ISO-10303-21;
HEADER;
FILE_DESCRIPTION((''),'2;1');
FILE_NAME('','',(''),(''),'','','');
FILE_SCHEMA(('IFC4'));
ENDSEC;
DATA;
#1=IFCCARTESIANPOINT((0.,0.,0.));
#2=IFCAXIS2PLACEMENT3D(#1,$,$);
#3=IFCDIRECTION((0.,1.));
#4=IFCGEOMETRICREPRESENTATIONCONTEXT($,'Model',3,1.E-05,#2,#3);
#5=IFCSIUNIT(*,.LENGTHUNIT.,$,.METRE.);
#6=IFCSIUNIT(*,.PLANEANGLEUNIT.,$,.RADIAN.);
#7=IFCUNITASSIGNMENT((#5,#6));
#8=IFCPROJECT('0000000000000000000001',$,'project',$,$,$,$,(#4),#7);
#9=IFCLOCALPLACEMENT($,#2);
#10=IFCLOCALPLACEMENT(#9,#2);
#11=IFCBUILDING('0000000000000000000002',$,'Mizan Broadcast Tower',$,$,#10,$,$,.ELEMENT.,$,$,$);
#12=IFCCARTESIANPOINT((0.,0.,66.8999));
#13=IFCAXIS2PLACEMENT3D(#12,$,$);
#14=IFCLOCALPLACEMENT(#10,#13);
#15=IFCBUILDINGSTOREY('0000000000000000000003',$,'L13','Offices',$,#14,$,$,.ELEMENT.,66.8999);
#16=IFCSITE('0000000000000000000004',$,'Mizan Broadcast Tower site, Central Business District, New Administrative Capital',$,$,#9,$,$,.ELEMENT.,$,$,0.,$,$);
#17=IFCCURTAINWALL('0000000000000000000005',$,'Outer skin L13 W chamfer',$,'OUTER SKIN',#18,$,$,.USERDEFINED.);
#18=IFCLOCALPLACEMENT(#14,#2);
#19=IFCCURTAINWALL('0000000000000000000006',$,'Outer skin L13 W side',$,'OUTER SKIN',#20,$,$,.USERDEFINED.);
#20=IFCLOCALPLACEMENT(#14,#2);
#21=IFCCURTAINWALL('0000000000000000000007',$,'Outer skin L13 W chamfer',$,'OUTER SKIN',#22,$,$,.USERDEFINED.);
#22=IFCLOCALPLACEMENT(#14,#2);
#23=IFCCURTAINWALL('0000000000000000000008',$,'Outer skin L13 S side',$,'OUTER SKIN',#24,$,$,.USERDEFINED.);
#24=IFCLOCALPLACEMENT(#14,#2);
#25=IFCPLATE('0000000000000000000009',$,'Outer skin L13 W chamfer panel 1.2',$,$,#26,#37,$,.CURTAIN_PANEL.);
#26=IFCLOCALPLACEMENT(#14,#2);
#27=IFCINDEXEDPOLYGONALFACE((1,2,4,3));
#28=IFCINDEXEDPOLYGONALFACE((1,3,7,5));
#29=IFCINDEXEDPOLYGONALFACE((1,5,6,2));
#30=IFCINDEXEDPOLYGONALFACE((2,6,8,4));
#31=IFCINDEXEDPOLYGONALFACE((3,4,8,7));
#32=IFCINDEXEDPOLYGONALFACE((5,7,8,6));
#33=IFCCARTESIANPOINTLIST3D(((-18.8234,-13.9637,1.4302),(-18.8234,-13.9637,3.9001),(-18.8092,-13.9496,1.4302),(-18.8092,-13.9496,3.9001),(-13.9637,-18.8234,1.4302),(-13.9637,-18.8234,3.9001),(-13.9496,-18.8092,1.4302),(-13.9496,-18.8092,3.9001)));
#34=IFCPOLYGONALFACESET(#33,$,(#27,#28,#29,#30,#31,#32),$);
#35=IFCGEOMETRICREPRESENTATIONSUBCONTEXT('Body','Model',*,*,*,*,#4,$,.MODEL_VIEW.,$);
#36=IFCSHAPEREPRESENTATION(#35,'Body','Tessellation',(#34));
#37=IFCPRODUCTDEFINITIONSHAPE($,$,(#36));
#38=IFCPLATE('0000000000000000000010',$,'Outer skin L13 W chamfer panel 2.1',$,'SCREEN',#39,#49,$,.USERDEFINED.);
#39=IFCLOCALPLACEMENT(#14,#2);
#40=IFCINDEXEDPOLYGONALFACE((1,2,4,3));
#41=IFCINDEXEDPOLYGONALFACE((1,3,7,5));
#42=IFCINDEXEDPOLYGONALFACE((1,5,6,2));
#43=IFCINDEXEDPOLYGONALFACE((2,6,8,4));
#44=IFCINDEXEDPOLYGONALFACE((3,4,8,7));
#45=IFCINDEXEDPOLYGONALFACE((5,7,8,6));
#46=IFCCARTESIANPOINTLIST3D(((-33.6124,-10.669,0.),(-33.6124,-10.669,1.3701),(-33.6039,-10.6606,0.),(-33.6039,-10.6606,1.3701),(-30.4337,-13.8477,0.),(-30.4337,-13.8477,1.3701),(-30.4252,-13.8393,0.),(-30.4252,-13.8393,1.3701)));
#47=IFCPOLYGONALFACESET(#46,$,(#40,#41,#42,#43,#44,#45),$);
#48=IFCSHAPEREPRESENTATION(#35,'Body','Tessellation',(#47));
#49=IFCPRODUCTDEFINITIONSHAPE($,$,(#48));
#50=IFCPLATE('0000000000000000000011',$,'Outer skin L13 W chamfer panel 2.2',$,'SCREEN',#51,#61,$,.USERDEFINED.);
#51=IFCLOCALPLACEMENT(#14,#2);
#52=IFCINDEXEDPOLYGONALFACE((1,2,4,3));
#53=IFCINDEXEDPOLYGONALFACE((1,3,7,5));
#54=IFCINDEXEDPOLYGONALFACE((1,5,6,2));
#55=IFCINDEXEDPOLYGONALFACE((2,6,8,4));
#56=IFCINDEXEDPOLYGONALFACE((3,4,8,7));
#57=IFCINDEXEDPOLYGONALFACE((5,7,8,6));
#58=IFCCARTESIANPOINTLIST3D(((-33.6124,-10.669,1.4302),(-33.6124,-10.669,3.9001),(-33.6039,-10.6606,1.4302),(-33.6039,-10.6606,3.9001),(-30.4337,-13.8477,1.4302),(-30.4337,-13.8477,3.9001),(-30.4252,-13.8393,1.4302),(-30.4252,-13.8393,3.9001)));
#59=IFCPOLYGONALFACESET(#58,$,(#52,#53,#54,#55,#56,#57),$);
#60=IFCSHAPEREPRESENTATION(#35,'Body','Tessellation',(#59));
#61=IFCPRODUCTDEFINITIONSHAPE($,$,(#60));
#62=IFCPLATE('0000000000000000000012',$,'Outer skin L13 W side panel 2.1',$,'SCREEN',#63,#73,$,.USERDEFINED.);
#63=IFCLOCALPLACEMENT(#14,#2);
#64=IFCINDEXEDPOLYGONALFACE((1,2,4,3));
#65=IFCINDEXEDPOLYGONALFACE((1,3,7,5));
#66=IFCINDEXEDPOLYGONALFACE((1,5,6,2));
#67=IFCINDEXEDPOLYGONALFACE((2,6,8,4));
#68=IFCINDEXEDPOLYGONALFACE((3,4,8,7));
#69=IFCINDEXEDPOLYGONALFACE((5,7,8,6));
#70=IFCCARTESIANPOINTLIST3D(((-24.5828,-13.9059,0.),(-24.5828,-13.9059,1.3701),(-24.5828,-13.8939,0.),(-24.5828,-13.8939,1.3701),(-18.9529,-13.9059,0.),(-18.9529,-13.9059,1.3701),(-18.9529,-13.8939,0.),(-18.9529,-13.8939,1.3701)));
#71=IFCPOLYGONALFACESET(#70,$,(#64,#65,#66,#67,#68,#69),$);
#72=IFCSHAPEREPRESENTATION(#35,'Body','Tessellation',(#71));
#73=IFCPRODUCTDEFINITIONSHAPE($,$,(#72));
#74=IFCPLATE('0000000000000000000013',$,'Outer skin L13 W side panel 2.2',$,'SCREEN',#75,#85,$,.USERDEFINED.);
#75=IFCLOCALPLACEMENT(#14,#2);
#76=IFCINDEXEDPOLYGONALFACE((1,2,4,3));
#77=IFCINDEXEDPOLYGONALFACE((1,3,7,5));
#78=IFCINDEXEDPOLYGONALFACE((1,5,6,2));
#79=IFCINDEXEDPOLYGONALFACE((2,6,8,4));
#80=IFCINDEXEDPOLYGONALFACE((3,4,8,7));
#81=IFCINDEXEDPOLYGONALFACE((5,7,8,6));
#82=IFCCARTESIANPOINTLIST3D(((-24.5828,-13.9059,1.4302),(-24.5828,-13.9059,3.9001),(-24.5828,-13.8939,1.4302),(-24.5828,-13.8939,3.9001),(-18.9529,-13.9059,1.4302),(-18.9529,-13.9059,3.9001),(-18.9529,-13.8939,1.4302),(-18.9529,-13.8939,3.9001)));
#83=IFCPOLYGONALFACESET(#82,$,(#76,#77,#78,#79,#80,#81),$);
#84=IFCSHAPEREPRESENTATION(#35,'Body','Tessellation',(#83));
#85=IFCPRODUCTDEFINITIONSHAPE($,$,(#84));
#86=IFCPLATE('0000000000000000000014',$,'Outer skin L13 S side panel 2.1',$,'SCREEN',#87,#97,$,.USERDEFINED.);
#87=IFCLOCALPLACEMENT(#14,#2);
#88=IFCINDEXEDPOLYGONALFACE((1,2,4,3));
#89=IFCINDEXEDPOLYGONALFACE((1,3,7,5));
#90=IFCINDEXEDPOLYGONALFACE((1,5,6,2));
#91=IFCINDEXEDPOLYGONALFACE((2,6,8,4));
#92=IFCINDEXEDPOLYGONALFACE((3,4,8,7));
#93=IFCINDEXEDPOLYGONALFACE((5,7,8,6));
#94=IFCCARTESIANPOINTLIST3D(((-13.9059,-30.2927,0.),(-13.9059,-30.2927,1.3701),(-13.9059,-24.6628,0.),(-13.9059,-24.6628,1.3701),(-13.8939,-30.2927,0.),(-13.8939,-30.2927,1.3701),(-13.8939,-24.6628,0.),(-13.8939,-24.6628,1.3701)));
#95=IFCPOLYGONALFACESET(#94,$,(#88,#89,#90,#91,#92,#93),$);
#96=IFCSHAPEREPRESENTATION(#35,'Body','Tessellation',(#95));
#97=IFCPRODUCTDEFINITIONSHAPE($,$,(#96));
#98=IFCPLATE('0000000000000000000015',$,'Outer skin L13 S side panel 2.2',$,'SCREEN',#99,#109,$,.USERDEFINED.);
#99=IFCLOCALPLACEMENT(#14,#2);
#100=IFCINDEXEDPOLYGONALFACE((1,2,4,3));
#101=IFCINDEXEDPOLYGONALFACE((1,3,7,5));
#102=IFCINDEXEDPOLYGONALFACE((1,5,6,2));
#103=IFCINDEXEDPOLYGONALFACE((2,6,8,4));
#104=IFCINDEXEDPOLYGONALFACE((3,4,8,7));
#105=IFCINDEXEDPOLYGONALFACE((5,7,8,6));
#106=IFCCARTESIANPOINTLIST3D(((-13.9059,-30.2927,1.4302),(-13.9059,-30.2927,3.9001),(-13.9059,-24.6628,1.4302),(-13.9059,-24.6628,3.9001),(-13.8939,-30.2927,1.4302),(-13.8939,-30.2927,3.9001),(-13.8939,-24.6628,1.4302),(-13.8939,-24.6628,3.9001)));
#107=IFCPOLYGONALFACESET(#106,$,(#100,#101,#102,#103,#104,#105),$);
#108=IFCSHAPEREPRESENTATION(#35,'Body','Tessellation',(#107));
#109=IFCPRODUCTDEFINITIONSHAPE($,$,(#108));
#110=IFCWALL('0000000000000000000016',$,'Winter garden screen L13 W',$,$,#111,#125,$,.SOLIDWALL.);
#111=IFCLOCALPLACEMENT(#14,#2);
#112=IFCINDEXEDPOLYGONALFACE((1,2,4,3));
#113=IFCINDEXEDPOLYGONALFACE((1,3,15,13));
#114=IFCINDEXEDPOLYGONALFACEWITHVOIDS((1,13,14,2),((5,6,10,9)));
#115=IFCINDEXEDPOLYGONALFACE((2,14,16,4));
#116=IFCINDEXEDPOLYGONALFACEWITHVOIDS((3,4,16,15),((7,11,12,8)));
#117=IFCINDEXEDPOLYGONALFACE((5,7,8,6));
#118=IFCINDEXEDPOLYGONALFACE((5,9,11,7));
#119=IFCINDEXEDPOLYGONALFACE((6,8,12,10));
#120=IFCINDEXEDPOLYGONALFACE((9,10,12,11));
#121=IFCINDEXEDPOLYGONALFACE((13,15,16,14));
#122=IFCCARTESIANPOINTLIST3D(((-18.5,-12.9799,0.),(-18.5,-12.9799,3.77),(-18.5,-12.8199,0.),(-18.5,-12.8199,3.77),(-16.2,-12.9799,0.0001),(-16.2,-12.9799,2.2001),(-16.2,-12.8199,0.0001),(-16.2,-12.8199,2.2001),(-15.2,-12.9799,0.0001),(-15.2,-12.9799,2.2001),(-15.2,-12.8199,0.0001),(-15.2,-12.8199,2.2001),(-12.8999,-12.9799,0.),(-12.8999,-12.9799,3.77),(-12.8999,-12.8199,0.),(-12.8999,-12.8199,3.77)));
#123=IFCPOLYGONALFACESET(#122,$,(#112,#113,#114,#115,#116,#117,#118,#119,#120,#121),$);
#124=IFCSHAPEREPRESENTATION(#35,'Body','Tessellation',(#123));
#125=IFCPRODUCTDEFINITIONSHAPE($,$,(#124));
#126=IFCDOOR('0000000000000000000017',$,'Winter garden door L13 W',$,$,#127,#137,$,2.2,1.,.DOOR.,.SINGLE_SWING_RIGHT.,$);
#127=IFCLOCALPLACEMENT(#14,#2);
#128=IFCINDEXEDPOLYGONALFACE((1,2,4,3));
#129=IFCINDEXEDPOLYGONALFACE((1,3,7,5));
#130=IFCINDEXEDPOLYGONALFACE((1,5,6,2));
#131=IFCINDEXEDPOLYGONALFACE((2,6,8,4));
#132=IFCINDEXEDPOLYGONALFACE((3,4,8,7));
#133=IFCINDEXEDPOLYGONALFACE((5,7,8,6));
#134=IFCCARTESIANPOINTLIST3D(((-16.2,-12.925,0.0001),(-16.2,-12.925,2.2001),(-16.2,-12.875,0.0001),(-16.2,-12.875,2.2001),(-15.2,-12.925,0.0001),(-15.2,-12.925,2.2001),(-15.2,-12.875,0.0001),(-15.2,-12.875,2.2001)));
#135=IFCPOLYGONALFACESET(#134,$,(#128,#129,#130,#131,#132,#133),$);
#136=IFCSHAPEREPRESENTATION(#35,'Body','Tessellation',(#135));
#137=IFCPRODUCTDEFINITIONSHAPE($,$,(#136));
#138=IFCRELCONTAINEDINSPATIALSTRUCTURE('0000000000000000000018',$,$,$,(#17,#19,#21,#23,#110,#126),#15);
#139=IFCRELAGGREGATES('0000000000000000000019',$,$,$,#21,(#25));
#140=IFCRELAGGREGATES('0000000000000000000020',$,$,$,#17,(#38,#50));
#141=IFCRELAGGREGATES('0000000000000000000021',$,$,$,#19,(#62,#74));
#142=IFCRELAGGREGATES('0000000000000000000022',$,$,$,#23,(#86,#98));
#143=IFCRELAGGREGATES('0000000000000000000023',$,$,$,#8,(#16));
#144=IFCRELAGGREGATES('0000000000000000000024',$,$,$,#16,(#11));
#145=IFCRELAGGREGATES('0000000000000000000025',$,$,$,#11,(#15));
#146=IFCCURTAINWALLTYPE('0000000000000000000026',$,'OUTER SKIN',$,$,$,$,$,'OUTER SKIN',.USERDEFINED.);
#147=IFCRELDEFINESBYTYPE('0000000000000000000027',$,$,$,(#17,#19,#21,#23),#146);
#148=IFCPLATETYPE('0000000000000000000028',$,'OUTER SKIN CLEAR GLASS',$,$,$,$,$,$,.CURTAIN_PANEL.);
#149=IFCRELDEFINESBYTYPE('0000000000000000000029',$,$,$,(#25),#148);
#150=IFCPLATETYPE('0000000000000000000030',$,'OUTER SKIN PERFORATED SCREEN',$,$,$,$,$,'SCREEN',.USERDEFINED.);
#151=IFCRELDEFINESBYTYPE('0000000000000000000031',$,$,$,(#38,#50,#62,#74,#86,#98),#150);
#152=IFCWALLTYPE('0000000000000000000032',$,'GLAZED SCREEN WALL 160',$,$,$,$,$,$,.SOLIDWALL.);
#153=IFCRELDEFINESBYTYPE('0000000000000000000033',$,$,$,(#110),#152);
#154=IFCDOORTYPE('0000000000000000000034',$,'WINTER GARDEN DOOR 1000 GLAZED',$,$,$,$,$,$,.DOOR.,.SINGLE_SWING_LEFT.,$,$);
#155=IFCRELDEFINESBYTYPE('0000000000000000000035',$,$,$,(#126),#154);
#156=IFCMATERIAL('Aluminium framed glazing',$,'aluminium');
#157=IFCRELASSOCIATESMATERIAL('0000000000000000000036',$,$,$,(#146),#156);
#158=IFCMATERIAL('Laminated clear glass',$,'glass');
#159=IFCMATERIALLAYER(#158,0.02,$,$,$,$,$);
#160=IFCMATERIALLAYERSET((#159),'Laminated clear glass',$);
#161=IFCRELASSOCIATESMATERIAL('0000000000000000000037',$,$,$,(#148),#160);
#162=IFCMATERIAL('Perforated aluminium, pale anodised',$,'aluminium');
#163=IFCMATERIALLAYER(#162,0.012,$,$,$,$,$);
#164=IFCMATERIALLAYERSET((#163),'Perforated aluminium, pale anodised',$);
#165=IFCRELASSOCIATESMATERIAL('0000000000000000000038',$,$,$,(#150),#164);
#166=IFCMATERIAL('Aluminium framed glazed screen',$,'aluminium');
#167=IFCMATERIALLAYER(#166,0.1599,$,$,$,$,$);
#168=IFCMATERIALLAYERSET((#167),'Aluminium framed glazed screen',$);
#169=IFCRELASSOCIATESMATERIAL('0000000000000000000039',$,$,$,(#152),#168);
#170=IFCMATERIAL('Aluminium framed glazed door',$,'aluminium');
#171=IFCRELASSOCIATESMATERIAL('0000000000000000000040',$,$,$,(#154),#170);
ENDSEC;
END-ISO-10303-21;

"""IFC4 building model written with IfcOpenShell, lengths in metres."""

from ifc_helpers import new_model, si_unit, direction, frame, frame_2d, origin, origin_2d, place, context, subcontext, project, spatial, rectangle, extrude, material, layer, layer_set, type_object, element, fill, aggregate, save


model = new_model("IFC4")

# Units and contexts
model_context = context("Model", 3, precision=1e-05, world=origin(), true_north=direction((0.0, 1.0)))
body_context = subcontext(model_context, "Body", "Model", "MODEL_VIEW")
ifc_project = project(units=[si_unit("LENGTHUNIT", "METRE"), si_unit("PLANEANGLEUNIT", "RADIAN")], contexts=[model_context])

# Site, building, storey
site_placement = place(None, origin())
site = spatial("IfcSite", under=ifc_project, at=site_placement, Name="Mizan Broadcast Tower site, Central Business District, New Administrative Capital", CompositionType="ELEMENT", RefElevation=0.0)
building_placement = place(site_placement, origin())
building = spatial("IfcBuilding", under=site, at=building_placement, Name="Mizan Broadcast Tower", CompositionType="ELEMENT")
storey_placement = place(building_placement, frame((0.0, 0.0, 66.8999)))
storey = spatial("IfcBuildingStorey", under=building, at=storey_placement, Name="L13", Description="Offices", CompositionType="ELEMENT", Elevation=66.8999)

# Curtain wall
ifc_material_1 = material(Name="Aluminium framed glazing", Category="aluminium")
curtain_wall_type_1 = type_object("IfcCurtainWallType", Name="OUTER SKIN", ElementType="OUTER SKIN", PredefinedType="USERDEFINED", material=ifc_material_1)
curtain_wall_1_placement = place(storey_placement, origin())
curtain_wall_1 = element("IfcCurtainWall", 1, at=curtain_wall_1_placement, inside=storey, type_object=curtain_wall_type_1, Name="Outer skin L13 W chamfer", ObjectType="OUTER SKIN", PredefinedType="USERDEFINED")

# Curtain wall
curtain_wall_2_placement = place(storey_placement, origin())
curtain_wall_2 = element("IfcCurtainWall", 2, at=curtain_wall_2_placement, inside=storey, type_object=curtain_wall_type_1, Name="Outer skin L13 W side", ObjectType="OUTER SKIN", PredefinedType="USERDEFINED")

# Curtain walls
curtain_wall_3_placement = place(storey_placement, origin())
curtain_wall_3 = element("IfcCurtainWall", 3, at=curtain_wall_3_placement, inside=storey, type_object=curtain_wall_type_1, Name="Outer skin L13 W chamfer", ObjectType="OUTER SKIN", PredefinedType="USERDEFINED")
curtain_wall_4_placement = place(storey_placement, origin())
curtain_wall_4 = element("IfcCurtainWall", 4, at=curtain_wall_4_placement, inside=storey, type_object=curtain_wall_type_1, Name="Outer skin L13 S side", ObjectType="OUTER SKIN", PredefinedType="USERDEFINED")

# Plates
ifc_material_2 = material(Name="Laminated clear glass", Category="glass")
ifc_layer_1 = layer(ifc_material_2, 0.02)
ifc_layer_set_1 = layer_set([ifc_layer_1], Name="Laminated clear glass")
plate_type_1 = type_object("IfcPlateType", Name="OUTER SKIN CLEAR GLASS", PredefinedType="CURTAIN_PANEL", material=ifc_layer_set_1)
plate_1_placement = place(storey_placement, frame((-16.3865, -16.3865, 1.4302), z_axis=(0.0, 0.0, 1.0), x_axis=(0.707107, -0.707107, 0.0)))
plate_1 = element("IfcPlate", 5, at=plate_1_placement, type_object=plate_type_1, Name="Outer skin L13 W chamfer panel 1.2", PredefinedType="CURTAIN_PANEL", context=body_context, shape_type="SweptSolid", body=[
    extrude(rectangle(XDim=6.8726, YDim=0.02, at=origin_2d()), origin(), (0.0, 0.0, 1.0), 2.47),
])
aggregate(curtain_wall_3, [plate_1])
ifc_material_3 = material(Name="Perforated aluminium, pale anodised", Category="aluminium")
ifc_layer_2 = layer(ifc_material_3, 0.012)
ifc_layer_set_2 = layer_set([ifc_layer_2], Name="Perforated aluminium, pale anodised")
plate_type_2 = type_object("IfcPlateType", Name="OUTER SKIN PERFORATED SCREEN", ElementType="SCREEN", PredefinedType="USERDEFINED", material=ifc_layer_set_2)
plate_2_placement = place(storey_placement, frame((-32.0188, -12.2542, 0.0), z_axis=(0.0, 0.0, 1.0), x_axis=(0.707107, -0.707107, 0.0)))
plate_2 = element("IfcPlate", 6, at=plate_2_placement, type_object=plate_type_2, Name="Outer skin L13 W chamfer panel 2.1", ObjectType="SCREEN", PredefinedType="USERDEFINED", context=body_context, shape_type="SweptSolid", body=[
    extrude(rectangle(XDim=4.4954, YDim=0.012, at=origin_2d()), origin(), (0.0, 0.0, 1.0), 1.3701),
])
plate_3_placement = place(storey_placement, frame((-32.0188, -12.2542, 1.4302), z_axis=(0.0, 0.0, 1.0), x_axis=(0.707107, -0.707107, 0.0)))
plate_3 = element("IfcPlate", 7, at=plate_3_placement, type_object=plate_type_2, Name="Outer skin L13 W chamfer panel 2.2", ObjectType="SCREEN", PredefinedType="USERDEFINED", context=body_context, shape_type="SweptSolid", body=[
    extrude(rectangle(XDim=4.4954, YDim=0.012, at=origin_2d()), origin(), (0.0, 0.0, 1.0), 2.47),
])
aggregate(curtain_wall_1, [plate_2, plate_3])
plate_4_placement = place(storey_placement, frame((-21.7678, -13.8999, 0.0), z_axis=(0.0, 0.0, 1.0), x_axis=(1.0, 0.0, 0.0)))
plate_4 = element("IfcPlate", 8, at=plate_4_placement, type_object=plate_type_2, Name="Outer skin L13 W side panel 2.1", ObjectType="SCREEN", PredefinedType="USERDEFINED", context=body_context, shape_type="SweptSolid", body=[
    extrude(rectangle(XDim=5.6299, YDim=0.012, at=origin_2d()), origin(), (0.0, 0.0, 1.0), 1.3701),
])
plate_5_placement = place(storey_placement, frame((-21.7678, -13.8999, 1.4302), z_axis=(0.0, 0.0, 1.0), x_axis=(1.0, 0.0, 0.0)))
plate_5 = element("IfcPlate", 9, at=plate_5_placement, type_object=plate_type_2, Name="Outer skin L13 W side panel 2.2", ObjectType="SCREEN", PredefinedType="USERDEFINED", context=body_context, shape_type="SweptSolid", body=[
    extrude(rectangle(XDim=5.6299, YDim=0.012, at=origin_2d()), origin(), (0.0, 0.0, 1.0), 2.47),
])
aggregate(curtain_wall_2, [plate_4, plate_5])
plate_6_placement = place(storey_placement, frame((-13.8999, -27.4778, 0.0), z_axis=(0.0, 0.0, 1.0), x_axis=(0.0, -1.0, 0.0)))
plate_6 = element("IfcPlate", 10, at=plate_6_placement, type_object=plate_type_2, Name="Outer skin L13 S side panel 2.1", ObjectType="SCREEN", PredefinedType="USERDEFINED", context=body_context, shape_type="SweptSolid", body=[
    extrude(rectangle(XDim=5.6299, YDim=0.012, at=origin_2d()), origin(), (0.0, 0.0, 1.0), 1.3701),
])
plate_7_placement = place(storey_placement, frame((-13.8999, -27.4778, 1.4302), z_axis=(0.0, 0.0, 1.0), x_axis=(0.0, -1.0, 0.0)))
plate_7 = element("IfcPlate", 11, at=plate_7_placement, type_object=plate_type_2, Name="Outer skin L13 S side panel 2.2", ObjectType="SCREEN", PredefinedType="USERDEFINED", context=body_context, shape_type="SweptSolid", body=[
    extrude(rectangle(XDim=5.6299, YDim=0.012, at=origin_2d()), origin(), (0.0, 0.0, 1.0), 2.47),
])
aggregate(curtain_wall_4, [plate_6, plate_7])

# Wall, opening, door
ifc_material_4 = material(Name="Aluminium framed glazed screen", Category="aluminium")
ifc_layer_3 = layer(ifc_material_4, 0.1599)
ifc_layer_set_3 = layer_set([ifc_layer_3], Name="Aluminium framed glazed screen")
wall_type = type_object("IfcWallType", Name="GLAZED SCREEN WALL 160", PredefinedType="SOLIDWALL", material=ifc_layer_set_3)
wall_placement = place(storey_placement, frame((-18.5, -12.8999, 0.0), z_axis=(0.0, 0.0, 1.0), x_axis=(1.0, 0.0, 0.0)))
wall = element("IfcWall", 12, at=wall_placement, inside=storey, type_object=wall_type, Name="Winter garden screen L13 W", PredefinedType="SOLIDWALL", context=body_context, shape_type="SweptSolid", body=[
    extrude(rectangle(XDim=5.6001, YDim=0.1599, at=frame_2d((2.8, 0.0))), origin(), (0.0, 0.0, 1.0), 3.77),
])
opening_placement = place(wall_placement, frame((2.3, 0.0, 0.0)))
opening = element("IfcOpeningElement", 13, at=opening_placement, cuts=wall, PredefinedType="OPENING", context=body_context, shape_type="SweptSolid", body=[
    extrude(rectangle(XDim=1.0, YDim=2.2, at=frame_2d((0.5, 1.1001))), frame((0.0, 0.0898, 0.0), z_axis=(0.0, -1.0, 0.0), x_axis=(1.0, 0.0, 0.0)), (0.0, 0.0, 1.0), 0.1799),
])
ifc_material_5 = material(Name="Aluminium framed glazed door", Category="aluminium")
door_type = type_object("IfcDoorType", Name="WINTER GARDEN DOOR 1000 GLAZED", OperationType="SINGLE_SWING_LEFT", PredefinedType="DOOR", material=ifc_material_5)
door_placement = place(opening_placement, origin())
door = element("IfcDoor", 14, at=door_placement, inside=storey, type_object=door_type, Name="Winter garden door L13 W", OperationType="SINGLE_SWING_RIGHT", OverallHeight=2.2, OverallWidth=1.0, PredefinedType="DOOR", context=body_context, shape_type="SweptSolid", body=[
    extrude(rectangle(XDim=1.0, YDim=2.2, at=frame_2d((0.5, 1.1001))), frame((0.0, 0.0249, 0.0), z_axis=(0.0, -1.0, 0.0), x_axis=(1.0, 0.0, 0.0)), (0.0, 0.0, 1.0), 0.05),
])
fill(opening, door)

save(model, "model.ifc")
